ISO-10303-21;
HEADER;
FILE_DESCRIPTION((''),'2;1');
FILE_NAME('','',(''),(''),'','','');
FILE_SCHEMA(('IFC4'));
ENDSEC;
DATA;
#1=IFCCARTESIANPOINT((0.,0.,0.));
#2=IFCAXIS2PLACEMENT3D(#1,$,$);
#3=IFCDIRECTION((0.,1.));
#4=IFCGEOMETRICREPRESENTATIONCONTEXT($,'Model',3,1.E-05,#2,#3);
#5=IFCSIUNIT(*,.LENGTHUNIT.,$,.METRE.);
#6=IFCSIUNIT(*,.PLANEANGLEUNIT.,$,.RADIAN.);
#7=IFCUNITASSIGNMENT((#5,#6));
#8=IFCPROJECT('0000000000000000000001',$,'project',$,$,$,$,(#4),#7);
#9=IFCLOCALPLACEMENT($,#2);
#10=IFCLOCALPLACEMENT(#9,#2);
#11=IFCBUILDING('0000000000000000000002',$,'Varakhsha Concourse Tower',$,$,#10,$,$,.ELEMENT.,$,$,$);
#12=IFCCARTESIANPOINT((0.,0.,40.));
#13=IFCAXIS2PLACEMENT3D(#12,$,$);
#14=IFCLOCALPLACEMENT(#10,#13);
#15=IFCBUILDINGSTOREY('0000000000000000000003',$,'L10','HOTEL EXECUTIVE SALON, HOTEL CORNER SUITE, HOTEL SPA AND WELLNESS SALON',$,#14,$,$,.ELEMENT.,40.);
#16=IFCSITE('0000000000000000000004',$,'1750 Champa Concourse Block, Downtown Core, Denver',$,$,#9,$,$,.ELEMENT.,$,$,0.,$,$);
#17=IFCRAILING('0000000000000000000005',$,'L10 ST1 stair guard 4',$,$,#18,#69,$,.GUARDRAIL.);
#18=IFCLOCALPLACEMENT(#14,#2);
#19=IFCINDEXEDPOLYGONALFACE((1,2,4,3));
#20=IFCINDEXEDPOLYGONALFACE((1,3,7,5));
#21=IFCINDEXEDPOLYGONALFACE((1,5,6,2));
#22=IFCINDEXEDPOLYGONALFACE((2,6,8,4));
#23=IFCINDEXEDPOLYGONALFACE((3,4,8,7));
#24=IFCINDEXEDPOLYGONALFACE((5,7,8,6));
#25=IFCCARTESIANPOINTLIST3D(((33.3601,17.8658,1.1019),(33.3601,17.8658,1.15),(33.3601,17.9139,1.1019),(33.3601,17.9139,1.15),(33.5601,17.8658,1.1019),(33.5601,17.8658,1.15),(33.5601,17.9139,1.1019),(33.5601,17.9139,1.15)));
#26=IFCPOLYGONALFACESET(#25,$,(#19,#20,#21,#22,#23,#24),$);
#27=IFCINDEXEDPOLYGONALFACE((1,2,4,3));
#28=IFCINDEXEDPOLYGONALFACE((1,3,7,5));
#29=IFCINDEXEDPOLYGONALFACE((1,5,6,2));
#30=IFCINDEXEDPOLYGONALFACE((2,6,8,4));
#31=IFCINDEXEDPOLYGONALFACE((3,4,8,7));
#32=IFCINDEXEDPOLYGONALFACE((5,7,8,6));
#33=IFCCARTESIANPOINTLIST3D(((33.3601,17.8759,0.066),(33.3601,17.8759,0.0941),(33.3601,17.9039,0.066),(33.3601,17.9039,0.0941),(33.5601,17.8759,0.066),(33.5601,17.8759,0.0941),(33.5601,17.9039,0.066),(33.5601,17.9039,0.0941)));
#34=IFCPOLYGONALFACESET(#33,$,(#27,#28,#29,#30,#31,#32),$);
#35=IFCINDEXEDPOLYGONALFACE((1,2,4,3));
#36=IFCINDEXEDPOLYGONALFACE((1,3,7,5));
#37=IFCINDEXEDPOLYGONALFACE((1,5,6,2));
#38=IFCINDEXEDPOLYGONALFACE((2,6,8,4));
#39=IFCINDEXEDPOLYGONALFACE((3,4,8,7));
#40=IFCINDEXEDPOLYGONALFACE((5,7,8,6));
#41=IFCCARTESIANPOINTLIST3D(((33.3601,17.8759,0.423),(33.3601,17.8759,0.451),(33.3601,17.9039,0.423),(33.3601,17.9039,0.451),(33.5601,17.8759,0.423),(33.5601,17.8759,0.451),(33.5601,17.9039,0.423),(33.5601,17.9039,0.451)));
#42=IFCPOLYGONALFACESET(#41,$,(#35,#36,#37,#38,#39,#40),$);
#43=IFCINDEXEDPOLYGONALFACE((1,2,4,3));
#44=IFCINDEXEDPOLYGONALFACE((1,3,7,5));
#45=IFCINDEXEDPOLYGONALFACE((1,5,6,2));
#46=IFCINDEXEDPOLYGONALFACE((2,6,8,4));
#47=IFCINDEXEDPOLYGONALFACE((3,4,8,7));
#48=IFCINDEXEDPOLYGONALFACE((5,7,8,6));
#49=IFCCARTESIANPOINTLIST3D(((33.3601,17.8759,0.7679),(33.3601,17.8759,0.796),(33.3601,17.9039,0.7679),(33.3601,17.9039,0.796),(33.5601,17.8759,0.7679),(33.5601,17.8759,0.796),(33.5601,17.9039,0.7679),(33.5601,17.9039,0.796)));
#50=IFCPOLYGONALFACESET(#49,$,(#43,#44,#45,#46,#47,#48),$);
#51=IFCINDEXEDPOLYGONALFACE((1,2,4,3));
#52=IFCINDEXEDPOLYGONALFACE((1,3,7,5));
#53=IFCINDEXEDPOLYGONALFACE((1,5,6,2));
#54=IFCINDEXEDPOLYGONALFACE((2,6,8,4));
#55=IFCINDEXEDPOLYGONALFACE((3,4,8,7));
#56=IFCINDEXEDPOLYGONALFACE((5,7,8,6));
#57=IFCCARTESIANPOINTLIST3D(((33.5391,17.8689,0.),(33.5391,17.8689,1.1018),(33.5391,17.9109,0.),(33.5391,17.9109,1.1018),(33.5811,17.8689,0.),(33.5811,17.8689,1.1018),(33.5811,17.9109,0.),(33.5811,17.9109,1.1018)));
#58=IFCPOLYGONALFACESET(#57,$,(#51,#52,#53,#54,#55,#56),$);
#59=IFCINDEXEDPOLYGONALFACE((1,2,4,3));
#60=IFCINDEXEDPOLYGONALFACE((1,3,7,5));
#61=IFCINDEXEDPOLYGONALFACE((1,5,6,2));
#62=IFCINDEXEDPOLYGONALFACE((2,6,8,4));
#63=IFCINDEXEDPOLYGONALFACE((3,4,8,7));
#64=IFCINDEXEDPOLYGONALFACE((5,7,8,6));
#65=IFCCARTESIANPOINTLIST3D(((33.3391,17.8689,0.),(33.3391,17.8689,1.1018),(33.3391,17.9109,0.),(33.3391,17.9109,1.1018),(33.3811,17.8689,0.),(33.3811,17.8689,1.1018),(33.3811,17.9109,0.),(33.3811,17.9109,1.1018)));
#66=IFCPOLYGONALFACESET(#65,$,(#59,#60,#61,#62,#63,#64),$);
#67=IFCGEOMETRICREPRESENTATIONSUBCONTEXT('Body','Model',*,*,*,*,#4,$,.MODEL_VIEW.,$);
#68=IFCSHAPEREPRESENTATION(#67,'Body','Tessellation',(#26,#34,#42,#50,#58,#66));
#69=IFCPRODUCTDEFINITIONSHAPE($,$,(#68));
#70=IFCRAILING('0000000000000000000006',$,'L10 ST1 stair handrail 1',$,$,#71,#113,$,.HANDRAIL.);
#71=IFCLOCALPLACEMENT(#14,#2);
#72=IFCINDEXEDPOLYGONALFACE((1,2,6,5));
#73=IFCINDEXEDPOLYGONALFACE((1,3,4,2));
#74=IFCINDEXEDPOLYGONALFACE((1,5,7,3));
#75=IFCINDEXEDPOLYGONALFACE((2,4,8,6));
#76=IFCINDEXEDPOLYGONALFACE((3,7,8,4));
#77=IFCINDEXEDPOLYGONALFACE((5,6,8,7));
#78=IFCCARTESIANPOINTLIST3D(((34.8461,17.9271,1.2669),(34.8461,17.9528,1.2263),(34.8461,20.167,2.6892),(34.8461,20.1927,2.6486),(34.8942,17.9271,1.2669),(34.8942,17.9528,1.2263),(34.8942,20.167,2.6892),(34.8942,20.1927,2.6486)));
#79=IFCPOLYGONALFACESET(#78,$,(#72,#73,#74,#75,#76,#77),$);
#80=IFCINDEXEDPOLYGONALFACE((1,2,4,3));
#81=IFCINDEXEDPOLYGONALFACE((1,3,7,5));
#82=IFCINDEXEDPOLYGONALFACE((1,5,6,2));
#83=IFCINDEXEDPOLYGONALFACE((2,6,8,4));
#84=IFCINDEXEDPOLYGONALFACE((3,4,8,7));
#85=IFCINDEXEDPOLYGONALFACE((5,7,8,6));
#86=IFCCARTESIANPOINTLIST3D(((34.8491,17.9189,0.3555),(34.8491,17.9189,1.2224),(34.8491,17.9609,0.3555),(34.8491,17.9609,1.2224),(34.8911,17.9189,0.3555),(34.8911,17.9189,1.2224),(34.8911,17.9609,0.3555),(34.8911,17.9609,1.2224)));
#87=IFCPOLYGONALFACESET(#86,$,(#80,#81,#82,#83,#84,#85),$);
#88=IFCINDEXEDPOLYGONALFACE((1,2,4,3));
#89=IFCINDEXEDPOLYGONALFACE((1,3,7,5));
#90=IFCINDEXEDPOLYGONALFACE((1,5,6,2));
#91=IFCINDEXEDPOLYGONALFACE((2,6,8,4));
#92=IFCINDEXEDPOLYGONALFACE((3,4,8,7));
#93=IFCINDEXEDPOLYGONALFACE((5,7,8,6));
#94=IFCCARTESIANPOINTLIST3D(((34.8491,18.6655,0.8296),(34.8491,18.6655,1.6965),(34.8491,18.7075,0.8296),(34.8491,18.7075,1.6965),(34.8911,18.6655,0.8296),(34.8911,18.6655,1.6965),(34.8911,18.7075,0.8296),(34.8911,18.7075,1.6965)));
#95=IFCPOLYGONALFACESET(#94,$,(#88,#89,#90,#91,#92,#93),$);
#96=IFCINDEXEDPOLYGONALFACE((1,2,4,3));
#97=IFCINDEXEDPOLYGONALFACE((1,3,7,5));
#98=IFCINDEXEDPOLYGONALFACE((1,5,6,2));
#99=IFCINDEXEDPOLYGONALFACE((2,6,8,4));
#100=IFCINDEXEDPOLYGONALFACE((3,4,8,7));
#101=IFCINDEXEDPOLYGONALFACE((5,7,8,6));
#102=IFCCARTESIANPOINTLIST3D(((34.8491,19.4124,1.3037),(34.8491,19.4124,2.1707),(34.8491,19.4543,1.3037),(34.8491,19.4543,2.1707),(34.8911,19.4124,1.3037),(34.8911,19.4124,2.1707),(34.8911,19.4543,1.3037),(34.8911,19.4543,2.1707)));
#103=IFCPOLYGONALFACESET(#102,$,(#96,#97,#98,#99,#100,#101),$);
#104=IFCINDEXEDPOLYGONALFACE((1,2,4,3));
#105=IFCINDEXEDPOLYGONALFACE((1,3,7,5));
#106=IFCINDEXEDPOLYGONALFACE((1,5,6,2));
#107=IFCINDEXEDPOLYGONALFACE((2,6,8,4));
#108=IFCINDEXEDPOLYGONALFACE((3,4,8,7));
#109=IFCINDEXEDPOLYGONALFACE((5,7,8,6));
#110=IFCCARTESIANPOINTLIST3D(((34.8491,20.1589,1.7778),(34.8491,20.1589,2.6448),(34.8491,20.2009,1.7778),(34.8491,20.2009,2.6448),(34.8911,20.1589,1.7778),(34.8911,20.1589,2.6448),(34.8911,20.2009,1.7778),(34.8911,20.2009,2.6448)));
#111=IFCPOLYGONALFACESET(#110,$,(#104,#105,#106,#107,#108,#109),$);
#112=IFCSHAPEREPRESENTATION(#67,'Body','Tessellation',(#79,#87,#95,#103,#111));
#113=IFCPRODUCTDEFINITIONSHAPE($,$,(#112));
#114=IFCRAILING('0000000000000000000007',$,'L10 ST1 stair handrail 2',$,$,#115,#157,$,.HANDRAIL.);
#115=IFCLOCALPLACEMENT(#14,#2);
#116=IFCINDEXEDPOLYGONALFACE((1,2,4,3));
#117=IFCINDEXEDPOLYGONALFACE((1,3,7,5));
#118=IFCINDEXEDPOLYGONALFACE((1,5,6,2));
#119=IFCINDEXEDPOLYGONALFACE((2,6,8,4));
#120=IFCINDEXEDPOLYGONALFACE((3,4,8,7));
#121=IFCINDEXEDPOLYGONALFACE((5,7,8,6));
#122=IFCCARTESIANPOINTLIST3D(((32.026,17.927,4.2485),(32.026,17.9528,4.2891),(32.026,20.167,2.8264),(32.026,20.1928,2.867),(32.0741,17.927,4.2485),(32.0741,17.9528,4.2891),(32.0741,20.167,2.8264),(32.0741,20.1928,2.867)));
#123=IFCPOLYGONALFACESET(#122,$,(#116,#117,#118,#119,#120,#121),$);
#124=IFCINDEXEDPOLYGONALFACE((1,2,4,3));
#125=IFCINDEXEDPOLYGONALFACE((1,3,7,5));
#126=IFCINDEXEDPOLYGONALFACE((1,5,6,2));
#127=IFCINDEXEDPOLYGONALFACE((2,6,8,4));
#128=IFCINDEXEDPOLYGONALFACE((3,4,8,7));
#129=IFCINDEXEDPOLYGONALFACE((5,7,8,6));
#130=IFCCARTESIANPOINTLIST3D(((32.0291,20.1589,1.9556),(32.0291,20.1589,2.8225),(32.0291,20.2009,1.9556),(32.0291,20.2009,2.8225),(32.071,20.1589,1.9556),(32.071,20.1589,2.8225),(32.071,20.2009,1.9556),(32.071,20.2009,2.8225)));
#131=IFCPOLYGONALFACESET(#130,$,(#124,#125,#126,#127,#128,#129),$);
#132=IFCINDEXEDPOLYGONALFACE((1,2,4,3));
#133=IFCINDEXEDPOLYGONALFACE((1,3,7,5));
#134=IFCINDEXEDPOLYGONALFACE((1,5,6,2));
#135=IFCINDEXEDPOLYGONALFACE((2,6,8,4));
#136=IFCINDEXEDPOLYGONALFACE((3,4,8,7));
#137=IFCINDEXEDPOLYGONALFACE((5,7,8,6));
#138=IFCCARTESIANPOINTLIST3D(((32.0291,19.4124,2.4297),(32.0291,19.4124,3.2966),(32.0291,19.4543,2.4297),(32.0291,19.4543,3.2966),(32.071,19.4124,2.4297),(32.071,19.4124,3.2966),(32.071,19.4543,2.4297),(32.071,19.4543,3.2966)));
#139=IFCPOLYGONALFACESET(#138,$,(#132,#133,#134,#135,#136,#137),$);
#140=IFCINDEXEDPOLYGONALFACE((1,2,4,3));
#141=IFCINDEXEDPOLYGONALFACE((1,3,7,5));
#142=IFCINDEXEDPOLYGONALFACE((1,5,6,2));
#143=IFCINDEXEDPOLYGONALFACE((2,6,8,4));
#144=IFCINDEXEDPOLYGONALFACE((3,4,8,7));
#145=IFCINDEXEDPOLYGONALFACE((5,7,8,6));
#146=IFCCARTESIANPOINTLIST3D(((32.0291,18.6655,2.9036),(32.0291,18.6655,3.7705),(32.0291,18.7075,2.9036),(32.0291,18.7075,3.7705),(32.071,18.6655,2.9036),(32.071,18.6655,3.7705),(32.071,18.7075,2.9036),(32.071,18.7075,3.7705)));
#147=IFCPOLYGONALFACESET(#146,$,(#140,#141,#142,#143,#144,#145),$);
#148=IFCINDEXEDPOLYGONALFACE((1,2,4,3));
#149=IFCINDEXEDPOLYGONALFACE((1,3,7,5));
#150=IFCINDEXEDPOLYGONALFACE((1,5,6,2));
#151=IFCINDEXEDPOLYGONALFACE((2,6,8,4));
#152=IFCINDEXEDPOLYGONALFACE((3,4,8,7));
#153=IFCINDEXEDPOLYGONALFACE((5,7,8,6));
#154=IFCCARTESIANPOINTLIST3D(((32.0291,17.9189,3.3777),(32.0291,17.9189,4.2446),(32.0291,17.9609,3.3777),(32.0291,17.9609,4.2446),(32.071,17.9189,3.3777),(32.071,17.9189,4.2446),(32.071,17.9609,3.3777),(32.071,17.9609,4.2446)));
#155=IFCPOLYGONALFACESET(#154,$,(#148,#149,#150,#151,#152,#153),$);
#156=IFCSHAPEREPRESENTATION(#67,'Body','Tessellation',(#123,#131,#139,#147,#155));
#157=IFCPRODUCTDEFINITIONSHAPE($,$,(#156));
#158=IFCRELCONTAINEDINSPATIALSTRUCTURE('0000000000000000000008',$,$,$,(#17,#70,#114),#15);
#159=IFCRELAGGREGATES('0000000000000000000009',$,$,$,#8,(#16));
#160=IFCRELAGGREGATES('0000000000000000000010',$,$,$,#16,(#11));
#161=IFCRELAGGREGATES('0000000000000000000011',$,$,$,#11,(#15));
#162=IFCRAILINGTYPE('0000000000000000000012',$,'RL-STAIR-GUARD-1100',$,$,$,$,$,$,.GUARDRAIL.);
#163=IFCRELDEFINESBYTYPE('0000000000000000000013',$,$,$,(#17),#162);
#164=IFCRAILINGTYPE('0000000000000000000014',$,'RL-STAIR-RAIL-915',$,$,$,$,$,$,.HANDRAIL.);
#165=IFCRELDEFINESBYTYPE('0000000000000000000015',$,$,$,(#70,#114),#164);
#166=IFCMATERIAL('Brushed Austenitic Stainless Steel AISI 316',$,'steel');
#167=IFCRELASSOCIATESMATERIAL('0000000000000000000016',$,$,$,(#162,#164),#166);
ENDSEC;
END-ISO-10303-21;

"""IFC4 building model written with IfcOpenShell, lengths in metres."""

from ifc_helpers import new_model, si_unit, direction, frame, origin, origin_2d, place, context, subcontext, project, spatial, rectangle, extrude, material, type_object, element, save


model = new_model("IFC4")

# Units and contexts
model_context = context("Model", 3, precision=1e-05, world=origin(), true_north=direction((0.0, 1.0)))
body_context = subcontext(model_context, "Body", "Model", "MODEL_VIEW")
ifc_project = project(units=[si_unit("LENGTHUNIT", "METRE"), si_unit("PLANEANGLEUNIT", "RADIAN")], contexts=[model_context])

# Site, building, storey
site_placement = place(None, origin())
site = spatial("IfcSite", under=ifc_project, at=site_placement, Name="1750 Champa Concourse Block, Downtown Core, Denver", CompositionType="ELEMENT", RefElevation=0.0)
building_placement = place(site_placement, origin())
building = spatial("IfcBuilding", under=site, at=building_placement, Name="Varakhsha Concourse Tower", CompositionType="ELEMENT")
storey_placement = place(building_placement, frame((0.0, 0.0, 40.0)))
storey = spatial("IfcBuildingStorey", under=building, at=storey_placement, Name="L10", Description="HOTEL EXECUTIVE SALON, HOTEL CORNER SUITE, HOTEL SPA AND WELLNESS SALON", CompositionType="ELEMENT", Elevation=40.0)

# Shared definitions
ifc_material_1 = material(Name="Brushed Austenitic Stainless Steel AISI 316", Category="steel")

# Railings
railing_type_1 = type_object("IfcRailingType", Name="RL-STAIR-GUARD-1100", PredefinedType="GUARDRAIL", material=ifc_material_1)
railing_1_placement = place(storey_placement, frame((33.5601, 17.8899, 0.0)))
element("IfcRailing", 1, at=railing_1_placement, inside=storey, type_object=railing_type_1, Name="L10 ST1 stair guard 4", PredefinedType="GUARDRAIL", context=body_context, shape_type="SweptSolid", body=[
    extrude(rectangle(XDim=0.0481, YDim=0.0481, at=origin_2d()), frame((0.0, 0.0, 1.126), z_axis=(-1.0, 0.0, 0.0), x_axis=(0.0, -1.0, 0.0)), (0.0, 0.0, 1.0), 0.2),
    extrude(rectangle(XDim=0.0281, YDim=0.0281, at=origin_2d()), frame((0.0, 0.0, 0.0801), z_axis=(-1.0, 0.0, 0.0), x_axis=(0.0, -1.0, 0.0)), (0.0, 0.0, 1.0), 0.2),
    extrude(rectangle(XDim=0.0281, YDim=0.0281, at=origin_2d()), frame((0.0, 0.0, 0.437), z_axis=(-1.0, 0.0, 0.0), x_axis=(0.0, -1.0, 0.0)), (0.0, 0.0, 1.0), 0.2),
    extrude(rectangle(XDim=0.0281, YDim=0.0281, at=origin_2d()), frame((0.0, 0.0, 0.782), z_axis=(-1.0, 0.0, 0.0), x_axis=(0.0, -1.0, 0.0)), (0.0, 0.0, 1.0), 0.2),
    extrude(rectangle(XDim=0.042, YDim=0.042, at=origin_2d()), origin(), (0.0, 0.0, 1.0), 1.1018),
    extrude(rectangle(XDim=0.042, YDim=0.042, at=origin_2d()), frame((-0.2, 0.0, 0.0)), (0.0, 0.0, 1.0), 1.1018),
])
railing_type_2 = type_object("IfcRailingType", Name="RL-STAIR-RAIL-915", PredefinedType="HANDRAIL", material=ifc_material_1)
railing_2_placement = place(storey_placement, frame((34.8701, 17.9399, 0.3555)))
element("IfcRailing", 2, at=railing_2_placement, inside=storey, type_object=railing_type_2, Name="L10 ST1 stair handrail 1", PredefinedType="HANDRAIL", context=body_context, shape_type="SweptSolid", body=[
    extrude(rectangle(XDim=0.0481, YDim=0.0481, at=origin_2d()), frame((0.0, 0.0, 0.8911), z_axis=(0.0, 0.844188, 0.536048), x_axis=(-1.0, 0.0, 0.0)), (0.0, 0.0, 1.0), 2.6533),
    extrude(rectangle(XDim=0.042, YDim=0.042, at=origin_2d()), origin(), (0.0, 0.0, 1.0), 0.8669),
    extrude(rectangle(XDim=0.042, YDim=0.042, at=origin_2d()), frame((0.0, 0.7466, 0.4741)), (0.0, 0.0, 1.0), 0.8669),
    extrude(rectangle(XDim=0.042, YDim=0.042, at=origin_2d()), frame((0.0, 1.4934, 0.9482)), (0.0, 0.0, 1.0), 0.8669),
    extrude(rectangle(XDim=0.042, YDim=0.042, at=origin_2d()), frame((0.0, 2.24, 1.4224)), (0.0, 0.0, 1.0), 0.8669),
])
railing_3_placement = place(storey_placement, frame((32.05, 20.1799, 1.9556)))
element("IfcRailing", 3, at=railing_3_placement, inside=storey, type_object=railing_type_2, Name="L10 ST1 stair handrail 2", PredefinedType="HANDRAIL", context=body_context, shape_type="SweptSolid", body=[
    extrude(rectangle(XDim=0.0481, YDim=0.0481, at=origin_2d()), frame((0.0, 0.0, 0.8911), z_axis=(0.0, -0.844229, 0.535982), x_axis=(1.0, 0.0, 0.0)), (0.0, 0.0, 1.0), 2.6533),
    extrude(rectangle(XDim=0.042, YDim=0.042, at=origin_2d()), origin(), (0.0, 0.0, 1.0), 0.8669),
    extrude(rectangle(XDim=0.042, YDim=0.042, at=origin_2d()), frame((0.0, -0.7466, 0.4741)), (0.0, 0.0, 1.0), 0.8669),
    extrude(rectangle(XDim=0.042, YDim=0.042, at=origin_2d()), frame((0.0, -1.4934, 0.948)), (0.0, 0.0, 1.0), 0.8669),
    extrude(rectangle(XDim=0.042, YDim=0.042, at=origin_2d()), frame((0.0, -2.24, 1.4221)), (0.0, 0.0, 1.0), 0.8669),
])

save(model, "model.ifc")
